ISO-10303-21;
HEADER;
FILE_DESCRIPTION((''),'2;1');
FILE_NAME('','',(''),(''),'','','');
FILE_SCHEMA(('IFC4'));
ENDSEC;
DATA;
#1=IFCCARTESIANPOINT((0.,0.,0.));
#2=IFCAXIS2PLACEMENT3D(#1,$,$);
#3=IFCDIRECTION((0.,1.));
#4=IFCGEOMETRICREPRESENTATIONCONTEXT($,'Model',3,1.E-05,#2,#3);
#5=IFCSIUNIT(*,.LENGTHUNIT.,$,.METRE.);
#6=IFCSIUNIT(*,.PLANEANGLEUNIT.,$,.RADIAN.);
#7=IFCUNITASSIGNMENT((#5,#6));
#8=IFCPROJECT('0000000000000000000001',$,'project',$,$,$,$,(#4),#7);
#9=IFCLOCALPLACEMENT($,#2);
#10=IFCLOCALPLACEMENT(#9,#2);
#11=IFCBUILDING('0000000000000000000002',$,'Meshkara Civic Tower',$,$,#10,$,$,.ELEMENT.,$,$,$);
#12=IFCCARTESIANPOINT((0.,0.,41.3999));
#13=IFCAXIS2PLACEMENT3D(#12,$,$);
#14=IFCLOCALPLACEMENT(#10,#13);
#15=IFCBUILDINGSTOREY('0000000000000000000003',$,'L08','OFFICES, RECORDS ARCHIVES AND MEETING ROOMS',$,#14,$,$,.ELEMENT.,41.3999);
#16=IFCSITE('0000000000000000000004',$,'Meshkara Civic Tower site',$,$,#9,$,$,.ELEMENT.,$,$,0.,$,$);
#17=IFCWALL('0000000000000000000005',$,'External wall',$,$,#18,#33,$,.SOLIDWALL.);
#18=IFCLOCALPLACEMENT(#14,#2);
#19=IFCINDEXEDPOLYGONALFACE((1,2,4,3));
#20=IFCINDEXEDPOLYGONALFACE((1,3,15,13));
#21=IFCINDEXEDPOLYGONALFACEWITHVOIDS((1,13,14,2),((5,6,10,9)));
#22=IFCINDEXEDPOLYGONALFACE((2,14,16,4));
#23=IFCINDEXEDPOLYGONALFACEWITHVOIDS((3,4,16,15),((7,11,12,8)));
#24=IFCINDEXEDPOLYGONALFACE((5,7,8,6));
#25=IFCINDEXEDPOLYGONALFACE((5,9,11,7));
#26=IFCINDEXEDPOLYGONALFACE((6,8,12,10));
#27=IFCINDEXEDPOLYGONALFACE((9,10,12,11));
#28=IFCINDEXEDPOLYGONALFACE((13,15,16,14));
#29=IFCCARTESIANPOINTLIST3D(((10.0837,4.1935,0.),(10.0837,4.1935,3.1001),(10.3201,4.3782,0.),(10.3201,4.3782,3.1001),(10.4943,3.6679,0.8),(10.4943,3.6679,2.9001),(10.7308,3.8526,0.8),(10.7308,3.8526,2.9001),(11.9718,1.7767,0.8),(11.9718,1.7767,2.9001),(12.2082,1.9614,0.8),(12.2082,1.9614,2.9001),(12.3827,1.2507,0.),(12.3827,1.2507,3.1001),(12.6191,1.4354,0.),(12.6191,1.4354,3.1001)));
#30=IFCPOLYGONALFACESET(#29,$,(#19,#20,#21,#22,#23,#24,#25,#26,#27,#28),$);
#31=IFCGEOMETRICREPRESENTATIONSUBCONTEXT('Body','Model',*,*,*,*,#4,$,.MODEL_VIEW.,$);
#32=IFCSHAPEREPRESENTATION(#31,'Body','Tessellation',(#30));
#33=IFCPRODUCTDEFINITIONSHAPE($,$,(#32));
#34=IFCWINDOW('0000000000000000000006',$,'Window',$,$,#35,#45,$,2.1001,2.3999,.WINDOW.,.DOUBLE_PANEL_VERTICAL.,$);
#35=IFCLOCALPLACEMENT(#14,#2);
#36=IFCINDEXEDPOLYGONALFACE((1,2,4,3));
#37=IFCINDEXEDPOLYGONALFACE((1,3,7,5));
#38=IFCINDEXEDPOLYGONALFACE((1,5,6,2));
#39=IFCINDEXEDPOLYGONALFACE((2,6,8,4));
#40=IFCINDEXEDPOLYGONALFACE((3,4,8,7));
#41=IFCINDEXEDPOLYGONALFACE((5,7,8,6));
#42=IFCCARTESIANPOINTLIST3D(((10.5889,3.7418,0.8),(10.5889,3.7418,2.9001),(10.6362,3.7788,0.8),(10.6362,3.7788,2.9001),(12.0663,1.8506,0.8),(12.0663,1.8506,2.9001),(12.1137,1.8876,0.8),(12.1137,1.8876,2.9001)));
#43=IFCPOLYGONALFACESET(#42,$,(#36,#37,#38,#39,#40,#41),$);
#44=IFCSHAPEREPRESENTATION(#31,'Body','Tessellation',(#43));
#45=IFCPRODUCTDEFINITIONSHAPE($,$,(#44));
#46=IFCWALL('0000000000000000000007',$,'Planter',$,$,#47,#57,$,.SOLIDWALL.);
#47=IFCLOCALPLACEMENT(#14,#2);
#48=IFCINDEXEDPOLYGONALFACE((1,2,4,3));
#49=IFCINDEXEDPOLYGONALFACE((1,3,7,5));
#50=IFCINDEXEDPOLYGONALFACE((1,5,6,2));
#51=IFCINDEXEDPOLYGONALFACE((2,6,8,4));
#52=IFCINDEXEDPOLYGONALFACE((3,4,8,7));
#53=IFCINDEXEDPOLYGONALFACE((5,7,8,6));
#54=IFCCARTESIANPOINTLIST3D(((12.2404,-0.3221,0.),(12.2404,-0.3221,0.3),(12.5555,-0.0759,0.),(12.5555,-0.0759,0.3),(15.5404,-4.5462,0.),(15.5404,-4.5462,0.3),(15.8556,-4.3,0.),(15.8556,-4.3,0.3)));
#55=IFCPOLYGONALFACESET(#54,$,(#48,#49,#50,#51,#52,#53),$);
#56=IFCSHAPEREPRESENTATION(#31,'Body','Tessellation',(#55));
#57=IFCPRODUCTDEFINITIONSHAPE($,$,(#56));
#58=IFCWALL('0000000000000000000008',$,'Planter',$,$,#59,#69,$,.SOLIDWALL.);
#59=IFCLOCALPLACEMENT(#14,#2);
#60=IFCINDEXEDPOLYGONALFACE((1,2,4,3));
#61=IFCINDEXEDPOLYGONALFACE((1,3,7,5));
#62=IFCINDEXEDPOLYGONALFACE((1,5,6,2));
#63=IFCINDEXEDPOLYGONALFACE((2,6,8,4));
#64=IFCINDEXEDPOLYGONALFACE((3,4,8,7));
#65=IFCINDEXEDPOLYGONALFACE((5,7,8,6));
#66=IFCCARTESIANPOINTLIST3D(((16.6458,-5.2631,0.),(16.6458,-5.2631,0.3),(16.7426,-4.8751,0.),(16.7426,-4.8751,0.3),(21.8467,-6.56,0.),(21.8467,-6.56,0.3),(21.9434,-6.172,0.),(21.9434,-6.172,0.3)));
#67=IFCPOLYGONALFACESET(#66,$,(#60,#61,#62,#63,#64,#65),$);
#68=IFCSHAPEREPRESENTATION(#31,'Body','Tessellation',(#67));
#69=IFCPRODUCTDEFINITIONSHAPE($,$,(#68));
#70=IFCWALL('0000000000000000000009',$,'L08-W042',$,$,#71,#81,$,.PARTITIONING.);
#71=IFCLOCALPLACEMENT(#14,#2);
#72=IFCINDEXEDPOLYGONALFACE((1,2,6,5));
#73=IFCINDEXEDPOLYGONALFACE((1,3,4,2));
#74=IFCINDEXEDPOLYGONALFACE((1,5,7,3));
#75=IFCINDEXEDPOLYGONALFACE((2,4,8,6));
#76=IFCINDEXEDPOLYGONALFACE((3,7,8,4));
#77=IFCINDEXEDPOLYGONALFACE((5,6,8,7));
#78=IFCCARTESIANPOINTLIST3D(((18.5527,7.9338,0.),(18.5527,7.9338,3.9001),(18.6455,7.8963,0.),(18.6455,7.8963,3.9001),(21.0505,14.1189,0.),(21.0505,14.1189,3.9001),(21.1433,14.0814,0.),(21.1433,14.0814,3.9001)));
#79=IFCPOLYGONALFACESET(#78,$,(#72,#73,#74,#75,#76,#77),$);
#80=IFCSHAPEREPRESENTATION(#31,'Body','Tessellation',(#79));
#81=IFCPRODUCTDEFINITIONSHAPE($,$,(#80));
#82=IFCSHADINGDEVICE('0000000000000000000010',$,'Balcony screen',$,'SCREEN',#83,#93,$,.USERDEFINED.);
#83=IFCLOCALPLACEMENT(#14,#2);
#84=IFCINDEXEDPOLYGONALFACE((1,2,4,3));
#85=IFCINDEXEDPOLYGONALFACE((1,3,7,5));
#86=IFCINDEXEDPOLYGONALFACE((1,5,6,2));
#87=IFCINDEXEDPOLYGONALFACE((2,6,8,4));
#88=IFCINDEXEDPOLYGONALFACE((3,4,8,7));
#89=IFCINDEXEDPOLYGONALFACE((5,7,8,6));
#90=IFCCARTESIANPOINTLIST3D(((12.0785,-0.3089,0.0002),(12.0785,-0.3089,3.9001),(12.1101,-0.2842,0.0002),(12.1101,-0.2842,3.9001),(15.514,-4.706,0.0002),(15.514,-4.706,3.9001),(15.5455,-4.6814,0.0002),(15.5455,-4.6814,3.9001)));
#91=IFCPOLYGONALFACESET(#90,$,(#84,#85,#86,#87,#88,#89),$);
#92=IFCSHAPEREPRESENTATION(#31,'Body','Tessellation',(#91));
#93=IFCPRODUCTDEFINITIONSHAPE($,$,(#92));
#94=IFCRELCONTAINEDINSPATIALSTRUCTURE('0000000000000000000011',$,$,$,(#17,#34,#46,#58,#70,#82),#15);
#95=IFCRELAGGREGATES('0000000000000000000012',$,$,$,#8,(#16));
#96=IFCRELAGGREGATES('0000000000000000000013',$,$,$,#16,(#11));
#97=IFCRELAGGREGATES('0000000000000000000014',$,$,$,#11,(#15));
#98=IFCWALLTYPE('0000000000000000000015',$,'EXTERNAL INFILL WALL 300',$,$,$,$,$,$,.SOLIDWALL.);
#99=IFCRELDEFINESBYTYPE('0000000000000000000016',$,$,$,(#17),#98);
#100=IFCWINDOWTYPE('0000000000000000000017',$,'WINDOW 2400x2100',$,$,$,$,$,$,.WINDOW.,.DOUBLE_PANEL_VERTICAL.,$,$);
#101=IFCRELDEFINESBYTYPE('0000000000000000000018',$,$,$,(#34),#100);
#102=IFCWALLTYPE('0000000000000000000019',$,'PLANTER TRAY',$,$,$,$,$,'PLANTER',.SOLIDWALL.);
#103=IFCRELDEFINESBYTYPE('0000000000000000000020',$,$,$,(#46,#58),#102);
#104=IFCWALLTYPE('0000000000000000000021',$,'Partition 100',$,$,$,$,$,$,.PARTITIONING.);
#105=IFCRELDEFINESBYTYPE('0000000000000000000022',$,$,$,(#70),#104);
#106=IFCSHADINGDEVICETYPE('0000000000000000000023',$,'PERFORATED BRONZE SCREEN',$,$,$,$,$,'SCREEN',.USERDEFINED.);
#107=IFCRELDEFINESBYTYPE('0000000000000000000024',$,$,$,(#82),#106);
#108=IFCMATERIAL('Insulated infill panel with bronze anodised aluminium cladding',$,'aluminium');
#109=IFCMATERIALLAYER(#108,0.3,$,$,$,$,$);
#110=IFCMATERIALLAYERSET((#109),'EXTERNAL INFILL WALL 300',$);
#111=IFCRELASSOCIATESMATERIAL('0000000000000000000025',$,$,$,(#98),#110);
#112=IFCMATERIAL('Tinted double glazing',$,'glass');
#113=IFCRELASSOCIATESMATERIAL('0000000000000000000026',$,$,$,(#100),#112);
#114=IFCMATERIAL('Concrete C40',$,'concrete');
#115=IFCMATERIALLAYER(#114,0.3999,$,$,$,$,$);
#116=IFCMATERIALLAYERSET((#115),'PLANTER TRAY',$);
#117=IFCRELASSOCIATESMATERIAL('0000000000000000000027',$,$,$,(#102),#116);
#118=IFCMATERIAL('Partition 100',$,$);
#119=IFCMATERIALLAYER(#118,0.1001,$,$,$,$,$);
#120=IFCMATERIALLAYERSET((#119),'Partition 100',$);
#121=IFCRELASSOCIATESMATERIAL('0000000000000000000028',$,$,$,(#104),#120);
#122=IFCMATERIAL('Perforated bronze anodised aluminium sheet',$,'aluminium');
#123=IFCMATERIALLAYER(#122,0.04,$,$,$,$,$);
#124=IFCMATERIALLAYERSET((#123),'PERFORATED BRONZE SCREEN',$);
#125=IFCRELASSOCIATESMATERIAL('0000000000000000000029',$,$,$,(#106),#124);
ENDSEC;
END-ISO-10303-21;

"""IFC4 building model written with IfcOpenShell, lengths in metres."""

from ifc_helpers import new_model, si_unit, direction, frame, frame_2d, origin, origin_2d, place, context, subcontext, project, spatial, rectangle, extrude, material, layer, layer_set, type_object, element, fill, save


model = new_model("IFC4")

# Units and contexts
model_context = context("Model", 3, precision=1e-05, world=origin(), true_north=direction((0.0, 1.0)))
body_context = subcontext(model_context, "Body", "Model", "MODEL_VIEW")
ifc_project = project(units=[si_unit("LENGTHUNIT", "METRE"), si_unit("PLANEANGLEUNIT", "RADIAN")], contexts=[model_context])

# Site, building, storey
site_placement = place(None, origin())
site = spatial("IfcSite", under=ifc_project, at=site_placement, Name="Meshkara Civic Tower site", CompositionType="ELEMENT", RefElevation=0.0)
building_placement = place(site_placement, origin())
building = spatial("IfcBuilding", under=site, at=building_placement, Name="Meshkara Civic Tower", CompositionType="ELEMENT")
storey_placement = place(building_placement, frame((0.0, 0.0, 41.3999)))
storey = spatial("IfcBuildingStorey", under=building, at=storey_placement, Name="L08", Description="OFFICES, RECORDS ARCHIVES AND MEETING ROOMS", CompositionType="ELEMENT", Elevation=41.3999)

# Wall, opening, window
ifc_material_1 = material(Name="Insulated infill panel with bronze anodised aluminium cladding", Category="aluminium")
ifc_layer_1 = layer(ifc_material_1, 0.3)
ifc_layer_set_1 = layer_set([ifc_layer_1], Name="EXTERNAL INFILL WALL 300")
wall_type_1 = type_object("IfcWallType", Name="EXTERNAL INFILL WALL 300", PredefinedType="SOLIDWALL", material=ifc_layer_set_1)
wall_1_placement = place(storey_placement, frame((10.2019, 4.2859, 0.0), z_axis=(0.0, 0.0, 1.0), x_axis=(0.615636, -0.78803, 0.0)))
wall_1 = element("IfcWall", 1, at=wall_1_placement, inside=storey, type_object=wall_type_1, Name="External wall", PredefinedType="SOLIDWALL", context=body_context, shape_type="SweptSolid", body=[
    extrude(rectangle(XDim=3.7344, YDim=0.3, at=frame_2d((1.8672, 0.0))), origin(), (0.0, 0.0, 1.0), 3.1001),
])
opening_1_placement = place(wall_1_placement, frame((0.667, 0.0, 0.8)))
opening_1 = element("IfcOpeningElement", 2, at=opening_1_placement, cuts=wall_1, PredefinedType="OPENING", context=body_context, shape_type="SweptSolid", body=[
    extrude(rectangle(XDim=2.3999, YDim=2.1001, at=frame_2d((1.2, 1.05))), frame((0.0, 0.1599, 0.0), z_axis=(0.0, -1.0, 0.0), x_axis=(1.0, 0.0, 0.0)), (0.0, 0.0, 1.0), 0.3201),
])
ifc_material_2 = material(Name="Tinted double glazing", Category="glass")
window_type = type_object("IfcWindowType", Name="WINDOW 2400x2100", PartitioningType="DOUBLE_PANEL_VERTICAL", PredefinedType="WINDOW", material=ifc_material_2)
window_placement = place(opening_1_placement, origin())
window = element("IfcWindow", 3, at=window_placement, inside=storey, type_object=window_type, Name="Window", OverallHeight=2.1001, OverallWidth=2.3999, PartitioningType="DOUBLE_PANEL_VERTICAL", PredefinedType="WINDOW", context=body_context, shape_type="SweptSolid", body=[
    extrude(rectangle(XDim=2.3999, YDim=2.1001, at=frame_2d((1.2, 1.05))), frame((0.0, 0.03, 0.0), z_axis=(0.0, -1.0, 0.0), x_axis=(1.0, 0.0, 0.0)), (0.0, 0.0, 1.0), 0.0601),
])
fill(opening_1, window)

# Walls
ifc_material_3 = material(Name="Concrete C40", Category="concrete")
ifc_layer_2 = layer(ifc_material_3, 0.3999)
ifc_layer_set_2 = layer_set([ifc_layer_2], Name="PLANTER TRAY")
wall_type_2 = type_object("IfcWallType", Name="PLANTER TRAY", ElementType="PLANTER", PredefinedType="SOLIDWALL", material=ifc_layer_set_2)
wall_2_placement = place(storey_placement, frame((12.3979, -0.199, 0.0), z_axis=(0.0, 0.0, 1.0), x_axis=(0.615639, -0.788029, 0.0)))
element("IfcWall", 4, at=wall_2_placement, inside=storey, type_object=wall_type_2, Name="Planter", PredefinedType="SOLIDWALL", context=body_context, shape_type="SweptSolid", body=[
    extrude(rectangle(XDim=5.3604, YDim=0.3999, at=frame_2d((2.6802, 0.0))), origin(), (0.0, 0.0, 1.0), 0.3),
])
wall_3_placement = place(storey_placement, frame((16.6941, -5.0691, 0.0), z_axis=(0.0, 0.0, 1.0), x_axis=(0.97029, -0.241946, 0.0)))
element("IfcWall", 5, at=wall_3_placement, inside=storey, type_object=wall_type_2, Name="Planter", PredefinedType="SOLIDWALL", context=body_context, shape_type="SweptSolid", body=[
    extrude(rectangle(XDim=5.3601, YDim=0.3999, at=frame_2d((2.6802, 0.0))), origin(), (0.0, 0.0, 1.0), 0.3),
])
ifc_material_4 = material(Name="Partition 100")
ifc_layer_3 = layer(ifc_material_4, 0.1001)
ifc_layer_set_3 = layer_set([ifc_layer_3], Name="Partition 100")
wall_type_3 = type_object("IfcWallType", Name="Partition 100", PredefinedType="PARTITIONING", material=ifc_layer_set_3)
wall_4_placement = place(storey_placement, frame((18.5991, 7.915, 0.0), z_axis=(0.0, 0.0, 1.0), x_axis=(0.374462, 0.927242, 0.0)))
element("IfcWall", 6, at=wall_4_placement, inside=storey, type_object=wall_type_3, Name="L08-W042", PredefinedType="PARTITIONING", context=body_context, shape_type="SweptSolid", body=[
    extrude(rectangle(XDim=6.6704, YDim=0.1001, at=frame_2d((3.3352, 0.0))), origin(), (0.0, 0.0, 1.0), 3.9001),
])

# Shading device
ifc_material_5 = material(Name="Perforated bronze anodised aluminium sheet", Category="aluminium")
ifc_layer_4 = layer(ifc_material_5, 0.04)
ifc_layer_set_4 = layer_set([ifc_layer_4], Name="PERFORATED BRONZE SCREEN")
shading_device_type = type_object("IfcShadingDeviceType", Name="PERFORATED BRONZE SCREEN", ElementType="SCREEN", PredefinedType="USERDEFINED", material=ifc_layer_set_4)
shading_device_placement = place(storey_placement, frame((13.812, -2.4951, 0.0002), z_axis=(0.0, 0.0, 1.0), x_axis=(0.615661, -0.788011, 0.0)))
element("IfcShadingDevice", 7, at=shading_device_placement, inside=storey, type_object=shading_device_type, Name="Balcony screen", ObjectType="SCREEN", PredefinedType="USERDEFINED", context=body_context, shape_type="SweptSolid", body=[
    extrude(rectangle(XDim=5.5801, YDim=0.04, at=origin_2d()), origin(), (0.0, 0.0, 1.0), 3.8999),
])

save(model, "model.ifc")
